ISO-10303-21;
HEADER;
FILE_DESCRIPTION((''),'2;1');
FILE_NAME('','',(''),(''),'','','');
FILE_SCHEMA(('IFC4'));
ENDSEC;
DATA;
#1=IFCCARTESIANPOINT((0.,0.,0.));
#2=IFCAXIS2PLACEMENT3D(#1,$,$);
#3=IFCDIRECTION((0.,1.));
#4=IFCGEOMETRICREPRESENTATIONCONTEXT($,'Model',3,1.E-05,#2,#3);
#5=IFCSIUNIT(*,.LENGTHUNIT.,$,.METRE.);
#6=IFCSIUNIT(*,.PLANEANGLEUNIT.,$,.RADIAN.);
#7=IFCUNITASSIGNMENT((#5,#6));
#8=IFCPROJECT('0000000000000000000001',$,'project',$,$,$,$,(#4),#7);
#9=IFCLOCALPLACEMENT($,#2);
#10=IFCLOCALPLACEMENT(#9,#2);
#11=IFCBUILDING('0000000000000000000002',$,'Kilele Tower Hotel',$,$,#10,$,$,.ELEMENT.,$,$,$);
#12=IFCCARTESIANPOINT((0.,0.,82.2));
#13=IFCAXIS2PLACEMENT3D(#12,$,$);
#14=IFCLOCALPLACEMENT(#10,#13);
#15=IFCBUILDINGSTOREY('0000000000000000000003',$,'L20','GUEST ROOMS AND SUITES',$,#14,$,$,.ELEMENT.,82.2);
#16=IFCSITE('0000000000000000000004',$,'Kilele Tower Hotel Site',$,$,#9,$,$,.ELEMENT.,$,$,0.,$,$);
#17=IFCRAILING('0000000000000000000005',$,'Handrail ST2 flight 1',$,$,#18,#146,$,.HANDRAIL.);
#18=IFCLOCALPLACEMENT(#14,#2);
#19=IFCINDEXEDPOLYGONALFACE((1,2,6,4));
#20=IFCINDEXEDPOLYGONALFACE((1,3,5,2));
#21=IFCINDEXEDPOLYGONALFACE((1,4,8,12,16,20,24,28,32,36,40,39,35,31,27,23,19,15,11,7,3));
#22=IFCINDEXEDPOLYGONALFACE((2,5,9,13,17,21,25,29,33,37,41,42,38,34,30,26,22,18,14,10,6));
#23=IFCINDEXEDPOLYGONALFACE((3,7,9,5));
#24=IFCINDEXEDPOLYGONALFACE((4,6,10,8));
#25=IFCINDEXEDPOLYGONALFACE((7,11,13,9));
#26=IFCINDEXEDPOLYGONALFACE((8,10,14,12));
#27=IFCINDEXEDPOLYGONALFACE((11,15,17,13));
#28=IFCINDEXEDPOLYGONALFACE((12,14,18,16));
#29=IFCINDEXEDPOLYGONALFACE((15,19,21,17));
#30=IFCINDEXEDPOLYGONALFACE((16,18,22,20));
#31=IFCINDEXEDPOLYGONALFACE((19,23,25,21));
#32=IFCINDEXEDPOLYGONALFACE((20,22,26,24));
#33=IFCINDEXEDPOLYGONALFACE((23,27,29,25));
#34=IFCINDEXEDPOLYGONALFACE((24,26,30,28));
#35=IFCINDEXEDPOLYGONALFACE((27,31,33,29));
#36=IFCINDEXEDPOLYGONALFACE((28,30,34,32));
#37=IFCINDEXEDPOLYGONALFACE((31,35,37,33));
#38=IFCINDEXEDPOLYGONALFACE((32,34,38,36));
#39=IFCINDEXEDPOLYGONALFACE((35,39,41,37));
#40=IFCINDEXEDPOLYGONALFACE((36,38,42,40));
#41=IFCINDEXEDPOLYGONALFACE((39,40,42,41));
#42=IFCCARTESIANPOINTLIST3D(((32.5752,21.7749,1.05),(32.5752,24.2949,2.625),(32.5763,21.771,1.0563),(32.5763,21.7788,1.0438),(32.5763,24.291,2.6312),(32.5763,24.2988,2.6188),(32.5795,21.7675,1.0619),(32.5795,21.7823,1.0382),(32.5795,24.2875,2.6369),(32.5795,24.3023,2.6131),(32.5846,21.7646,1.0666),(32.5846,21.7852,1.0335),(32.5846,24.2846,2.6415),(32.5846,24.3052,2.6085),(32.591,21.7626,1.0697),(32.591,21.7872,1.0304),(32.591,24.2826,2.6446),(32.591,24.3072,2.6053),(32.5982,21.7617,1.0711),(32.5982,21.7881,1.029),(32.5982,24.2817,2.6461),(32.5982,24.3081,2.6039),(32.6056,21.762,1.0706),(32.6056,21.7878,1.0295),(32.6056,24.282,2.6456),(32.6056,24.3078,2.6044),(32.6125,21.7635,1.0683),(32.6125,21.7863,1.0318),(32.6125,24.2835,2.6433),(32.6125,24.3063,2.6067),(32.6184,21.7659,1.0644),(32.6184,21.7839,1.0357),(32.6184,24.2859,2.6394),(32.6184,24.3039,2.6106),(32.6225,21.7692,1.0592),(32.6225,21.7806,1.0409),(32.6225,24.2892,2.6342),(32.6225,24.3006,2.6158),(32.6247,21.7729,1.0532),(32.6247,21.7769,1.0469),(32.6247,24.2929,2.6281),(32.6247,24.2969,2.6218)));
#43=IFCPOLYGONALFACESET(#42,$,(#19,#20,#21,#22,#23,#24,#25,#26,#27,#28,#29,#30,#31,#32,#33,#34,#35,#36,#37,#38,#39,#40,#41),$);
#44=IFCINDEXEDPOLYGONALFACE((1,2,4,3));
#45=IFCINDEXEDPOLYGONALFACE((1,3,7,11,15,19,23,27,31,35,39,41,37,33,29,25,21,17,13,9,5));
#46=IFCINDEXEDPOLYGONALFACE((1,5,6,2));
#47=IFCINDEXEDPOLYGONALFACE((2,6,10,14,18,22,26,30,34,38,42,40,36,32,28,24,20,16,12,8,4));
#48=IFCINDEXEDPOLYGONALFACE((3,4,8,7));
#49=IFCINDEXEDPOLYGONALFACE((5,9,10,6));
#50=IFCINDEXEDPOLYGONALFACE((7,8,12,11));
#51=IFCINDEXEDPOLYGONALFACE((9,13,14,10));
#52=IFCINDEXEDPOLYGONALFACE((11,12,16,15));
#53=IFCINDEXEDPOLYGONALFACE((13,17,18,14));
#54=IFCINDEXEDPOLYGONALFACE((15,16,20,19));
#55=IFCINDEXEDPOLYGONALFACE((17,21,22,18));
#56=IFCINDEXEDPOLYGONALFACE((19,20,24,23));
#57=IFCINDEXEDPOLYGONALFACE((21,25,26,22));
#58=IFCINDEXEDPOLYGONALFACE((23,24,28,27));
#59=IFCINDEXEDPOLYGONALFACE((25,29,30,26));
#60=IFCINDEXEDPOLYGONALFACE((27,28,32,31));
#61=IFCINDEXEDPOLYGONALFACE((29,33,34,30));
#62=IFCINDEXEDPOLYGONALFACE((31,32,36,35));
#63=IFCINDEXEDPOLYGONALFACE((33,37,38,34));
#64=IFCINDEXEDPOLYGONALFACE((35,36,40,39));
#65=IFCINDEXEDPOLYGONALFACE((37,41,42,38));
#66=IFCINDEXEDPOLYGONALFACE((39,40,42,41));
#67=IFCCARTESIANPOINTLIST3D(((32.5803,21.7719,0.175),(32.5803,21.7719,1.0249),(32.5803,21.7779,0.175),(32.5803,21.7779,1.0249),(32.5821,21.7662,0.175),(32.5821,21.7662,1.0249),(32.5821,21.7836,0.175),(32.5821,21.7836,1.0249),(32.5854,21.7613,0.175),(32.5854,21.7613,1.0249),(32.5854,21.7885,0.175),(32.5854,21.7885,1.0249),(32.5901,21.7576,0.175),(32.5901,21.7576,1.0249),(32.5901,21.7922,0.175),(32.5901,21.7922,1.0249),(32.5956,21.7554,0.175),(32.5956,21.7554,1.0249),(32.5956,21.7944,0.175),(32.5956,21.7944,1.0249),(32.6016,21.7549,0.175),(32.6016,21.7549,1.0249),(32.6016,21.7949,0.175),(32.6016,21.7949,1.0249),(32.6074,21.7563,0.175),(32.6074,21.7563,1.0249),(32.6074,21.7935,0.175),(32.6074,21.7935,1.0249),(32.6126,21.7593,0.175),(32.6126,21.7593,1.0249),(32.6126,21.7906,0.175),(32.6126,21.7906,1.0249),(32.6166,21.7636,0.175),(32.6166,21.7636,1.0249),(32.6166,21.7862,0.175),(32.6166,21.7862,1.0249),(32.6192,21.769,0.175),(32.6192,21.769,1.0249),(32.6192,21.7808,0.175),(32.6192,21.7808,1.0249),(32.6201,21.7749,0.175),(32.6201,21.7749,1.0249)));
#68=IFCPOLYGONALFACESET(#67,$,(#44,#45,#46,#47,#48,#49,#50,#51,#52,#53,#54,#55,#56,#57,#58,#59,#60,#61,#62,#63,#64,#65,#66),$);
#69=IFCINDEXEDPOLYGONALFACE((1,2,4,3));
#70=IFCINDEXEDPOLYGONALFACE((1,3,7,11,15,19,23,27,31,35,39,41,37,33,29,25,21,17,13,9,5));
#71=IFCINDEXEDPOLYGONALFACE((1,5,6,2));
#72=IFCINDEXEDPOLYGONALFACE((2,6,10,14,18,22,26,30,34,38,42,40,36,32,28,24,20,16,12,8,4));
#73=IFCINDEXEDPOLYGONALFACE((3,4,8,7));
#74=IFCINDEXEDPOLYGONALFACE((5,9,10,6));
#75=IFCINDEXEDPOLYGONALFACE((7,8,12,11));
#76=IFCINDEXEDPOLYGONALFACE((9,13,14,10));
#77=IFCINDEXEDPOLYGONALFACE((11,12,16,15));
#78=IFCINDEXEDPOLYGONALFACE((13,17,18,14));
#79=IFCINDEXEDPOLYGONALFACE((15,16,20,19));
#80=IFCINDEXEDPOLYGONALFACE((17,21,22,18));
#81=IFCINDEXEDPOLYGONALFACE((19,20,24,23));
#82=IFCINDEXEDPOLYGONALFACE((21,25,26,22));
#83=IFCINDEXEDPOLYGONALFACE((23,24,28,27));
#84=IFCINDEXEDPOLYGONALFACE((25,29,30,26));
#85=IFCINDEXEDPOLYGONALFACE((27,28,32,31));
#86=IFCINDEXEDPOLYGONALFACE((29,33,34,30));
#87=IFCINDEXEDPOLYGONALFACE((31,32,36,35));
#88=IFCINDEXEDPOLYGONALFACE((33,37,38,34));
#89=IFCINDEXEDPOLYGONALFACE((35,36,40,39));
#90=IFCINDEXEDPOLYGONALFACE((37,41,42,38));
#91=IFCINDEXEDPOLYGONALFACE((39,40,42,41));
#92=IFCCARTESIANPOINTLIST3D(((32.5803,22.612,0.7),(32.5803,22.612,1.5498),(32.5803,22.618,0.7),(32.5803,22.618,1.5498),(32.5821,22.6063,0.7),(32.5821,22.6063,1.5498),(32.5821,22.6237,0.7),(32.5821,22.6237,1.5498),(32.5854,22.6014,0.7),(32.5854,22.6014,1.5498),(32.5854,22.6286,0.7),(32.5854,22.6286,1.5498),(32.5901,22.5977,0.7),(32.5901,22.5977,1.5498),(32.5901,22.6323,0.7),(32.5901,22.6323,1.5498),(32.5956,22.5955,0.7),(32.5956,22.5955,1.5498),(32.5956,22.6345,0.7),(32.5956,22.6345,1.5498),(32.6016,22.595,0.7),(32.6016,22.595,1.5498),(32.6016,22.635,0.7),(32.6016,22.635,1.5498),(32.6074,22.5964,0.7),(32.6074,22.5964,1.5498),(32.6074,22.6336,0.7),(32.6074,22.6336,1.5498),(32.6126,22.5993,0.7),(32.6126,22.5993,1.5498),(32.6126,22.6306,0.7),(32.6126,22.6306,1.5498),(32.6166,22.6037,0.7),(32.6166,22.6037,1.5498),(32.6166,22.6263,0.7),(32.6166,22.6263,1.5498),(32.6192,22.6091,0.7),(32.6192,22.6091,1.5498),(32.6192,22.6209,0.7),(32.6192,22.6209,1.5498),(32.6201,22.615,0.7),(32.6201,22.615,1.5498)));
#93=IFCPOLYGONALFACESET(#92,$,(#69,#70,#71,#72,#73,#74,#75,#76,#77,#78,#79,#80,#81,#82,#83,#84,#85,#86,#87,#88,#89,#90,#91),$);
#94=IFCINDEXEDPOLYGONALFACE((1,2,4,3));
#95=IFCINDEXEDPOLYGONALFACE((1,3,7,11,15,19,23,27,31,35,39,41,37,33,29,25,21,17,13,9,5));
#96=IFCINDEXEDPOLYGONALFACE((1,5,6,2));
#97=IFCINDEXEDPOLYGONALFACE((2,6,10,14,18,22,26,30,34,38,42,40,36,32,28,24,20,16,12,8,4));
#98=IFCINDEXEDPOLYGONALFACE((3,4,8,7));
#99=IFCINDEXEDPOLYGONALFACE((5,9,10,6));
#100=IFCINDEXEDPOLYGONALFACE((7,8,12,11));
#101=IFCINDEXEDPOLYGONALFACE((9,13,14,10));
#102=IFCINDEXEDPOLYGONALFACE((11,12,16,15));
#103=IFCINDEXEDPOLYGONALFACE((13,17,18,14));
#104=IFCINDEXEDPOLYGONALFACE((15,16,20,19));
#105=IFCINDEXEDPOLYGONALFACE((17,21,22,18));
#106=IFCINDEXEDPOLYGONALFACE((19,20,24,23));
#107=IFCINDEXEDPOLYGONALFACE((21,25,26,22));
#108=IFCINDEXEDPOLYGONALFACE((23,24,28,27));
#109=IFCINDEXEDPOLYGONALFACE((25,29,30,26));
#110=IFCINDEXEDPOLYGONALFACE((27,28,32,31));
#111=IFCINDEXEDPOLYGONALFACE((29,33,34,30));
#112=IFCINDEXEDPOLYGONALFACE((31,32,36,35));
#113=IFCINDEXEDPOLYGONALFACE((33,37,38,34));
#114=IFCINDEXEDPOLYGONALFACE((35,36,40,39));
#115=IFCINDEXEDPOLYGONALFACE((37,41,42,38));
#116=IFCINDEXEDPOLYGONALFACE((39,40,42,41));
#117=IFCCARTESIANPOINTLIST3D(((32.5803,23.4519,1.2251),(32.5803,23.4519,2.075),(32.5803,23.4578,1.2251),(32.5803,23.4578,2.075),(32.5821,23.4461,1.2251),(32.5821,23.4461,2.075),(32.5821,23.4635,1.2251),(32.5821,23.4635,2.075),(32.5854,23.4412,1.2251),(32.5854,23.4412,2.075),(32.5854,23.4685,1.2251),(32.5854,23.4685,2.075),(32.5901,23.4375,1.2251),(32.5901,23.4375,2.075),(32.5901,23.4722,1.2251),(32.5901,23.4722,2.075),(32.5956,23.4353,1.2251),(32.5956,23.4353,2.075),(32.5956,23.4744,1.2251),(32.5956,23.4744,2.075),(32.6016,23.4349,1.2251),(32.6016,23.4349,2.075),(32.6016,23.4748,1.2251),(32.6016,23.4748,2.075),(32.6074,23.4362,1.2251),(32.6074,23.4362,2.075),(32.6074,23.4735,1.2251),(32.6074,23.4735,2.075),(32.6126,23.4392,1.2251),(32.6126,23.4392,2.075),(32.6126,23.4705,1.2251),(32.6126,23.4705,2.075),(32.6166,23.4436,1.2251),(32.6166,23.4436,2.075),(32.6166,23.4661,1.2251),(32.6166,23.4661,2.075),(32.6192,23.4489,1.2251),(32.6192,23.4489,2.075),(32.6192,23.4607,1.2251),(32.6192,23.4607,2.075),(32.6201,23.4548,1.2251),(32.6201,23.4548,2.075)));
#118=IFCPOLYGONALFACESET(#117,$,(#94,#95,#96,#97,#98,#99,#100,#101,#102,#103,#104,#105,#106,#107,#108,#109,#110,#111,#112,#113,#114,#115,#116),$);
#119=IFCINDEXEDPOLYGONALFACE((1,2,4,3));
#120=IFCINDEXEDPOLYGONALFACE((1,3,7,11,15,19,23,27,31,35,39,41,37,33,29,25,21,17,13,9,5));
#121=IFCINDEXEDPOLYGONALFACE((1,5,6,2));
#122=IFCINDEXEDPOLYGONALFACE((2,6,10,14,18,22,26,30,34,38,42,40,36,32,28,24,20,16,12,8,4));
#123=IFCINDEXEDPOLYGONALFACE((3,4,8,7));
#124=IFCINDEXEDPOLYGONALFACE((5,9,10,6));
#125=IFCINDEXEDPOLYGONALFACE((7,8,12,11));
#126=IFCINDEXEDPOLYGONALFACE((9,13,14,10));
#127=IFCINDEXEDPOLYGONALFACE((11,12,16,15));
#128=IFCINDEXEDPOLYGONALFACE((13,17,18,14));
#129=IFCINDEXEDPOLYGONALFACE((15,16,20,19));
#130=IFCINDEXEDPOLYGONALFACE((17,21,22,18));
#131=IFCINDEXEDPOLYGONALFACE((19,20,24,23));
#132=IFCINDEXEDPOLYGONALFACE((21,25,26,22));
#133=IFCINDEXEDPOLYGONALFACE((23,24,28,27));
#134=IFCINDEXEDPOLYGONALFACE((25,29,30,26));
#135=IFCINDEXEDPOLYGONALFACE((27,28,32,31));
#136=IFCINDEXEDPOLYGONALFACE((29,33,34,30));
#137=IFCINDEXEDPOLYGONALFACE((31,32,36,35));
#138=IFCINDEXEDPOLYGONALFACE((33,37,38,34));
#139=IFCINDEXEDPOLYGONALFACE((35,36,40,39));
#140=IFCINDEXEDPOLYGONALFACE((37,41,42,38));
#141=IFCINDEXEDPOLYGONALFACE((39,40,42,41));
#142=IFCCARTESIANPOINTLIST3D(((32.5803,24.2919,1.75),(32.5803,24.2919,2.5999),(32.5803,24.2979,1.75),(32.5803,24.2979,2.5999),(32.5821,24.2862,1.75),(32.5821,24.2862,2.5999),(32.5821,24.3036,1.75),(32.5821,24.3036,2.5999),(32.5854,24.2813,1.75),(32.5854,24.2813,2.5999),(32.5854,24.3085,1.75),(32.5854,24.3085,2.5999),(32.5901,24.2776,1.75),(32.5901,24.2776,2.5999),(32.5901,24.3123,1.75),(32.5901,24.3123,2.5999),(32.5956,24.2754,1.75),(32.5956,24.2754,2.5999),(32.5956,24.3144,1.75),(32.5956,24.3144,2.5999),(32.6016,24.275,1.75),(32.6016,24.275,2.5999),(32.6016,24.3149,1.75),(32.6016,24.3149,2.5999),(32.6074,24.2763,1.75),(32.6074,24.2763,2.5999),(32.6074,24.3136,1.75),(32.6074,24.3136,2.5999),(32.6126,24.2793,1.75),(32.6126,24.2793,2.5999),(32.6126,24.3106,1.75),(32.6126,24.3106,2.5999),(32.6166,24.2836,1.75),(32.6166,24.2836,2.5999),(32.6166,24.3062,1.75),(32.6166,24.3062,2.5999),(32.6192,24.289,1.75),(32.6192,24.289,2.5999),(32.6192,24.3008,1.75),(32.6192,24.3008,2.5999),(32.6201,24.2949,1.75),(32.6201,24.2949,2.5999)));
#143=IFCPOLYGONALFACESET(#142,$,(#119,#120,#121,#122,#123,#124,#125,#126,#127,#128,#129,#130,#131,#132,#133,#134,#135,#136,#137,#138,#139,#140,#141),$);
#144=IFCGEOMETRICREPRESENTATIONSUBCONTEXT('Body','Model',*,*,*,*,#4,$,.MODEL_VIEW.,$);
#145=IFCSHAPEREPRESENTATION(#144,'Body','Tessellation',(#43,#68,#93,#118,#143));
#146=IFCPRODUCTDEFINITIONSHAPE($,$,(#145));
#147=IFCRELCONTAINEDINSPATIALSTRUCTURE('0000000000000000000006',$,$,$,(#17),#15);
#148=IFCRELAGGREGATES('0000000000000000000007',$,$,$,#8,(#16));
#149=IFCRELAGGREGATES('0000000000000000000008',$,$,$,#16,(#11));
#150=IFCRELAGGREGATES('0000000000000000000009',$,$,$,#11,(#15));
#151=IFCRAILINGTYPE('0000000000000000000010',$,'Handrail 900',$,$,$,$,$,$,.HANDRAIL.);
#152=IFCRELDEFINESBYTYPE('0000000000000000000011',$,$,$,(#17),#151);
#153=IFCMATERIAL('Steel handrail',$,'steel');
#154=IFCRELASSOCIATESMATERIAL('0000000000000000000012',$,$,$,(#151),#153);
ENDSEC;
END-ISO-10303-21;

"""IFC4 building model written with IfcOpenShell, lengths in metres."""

from ifc_helpers import new_model, si_unit, direction, frame, origin, origin_2d, place, context, subcontext, project, spatial, circle, extrude, material, type_object, element, save


model = new_model("IFC4")

# Units and contexts
model_context = context("Model", 3, precision=1e-05, world=origin(), true_north=direction((0.0, 1.0)))
body_context = subcontext(model_context, "Body", "Model", "MODEL_VIEW")
ifc_project = project(units=[si_unit("LENGTHUNIT", "METRE"), si_unit("PLANEANGLEUNIT", "RADIAN")], contexts=[model_context])

# Site, building, storey
site_placement = place(None, origin())
site = spatial("IfcSite", under=ifc_project, at=site_placement, Name="Kilele Tower Hotel Site", CompositionType="ELEMENT", RefElevation=0.0)
building_placement = place(site_placement, origin())
building = spatial("IfcBuilding", under=site, at=building_placement, Name="Kilele Tower Hotel", CompositionType="ELEMENT")
storey_placement = place(building_placement, frame((0.0, 0.0, 82.2)))
storey = spatial("IfcBuildingStorey", under=building, at=storey_placement, Name="L20", Description="GUEST ROOMS AND SUITES", CompositionType="ELEMENT", Elevation=82.2)

# Railing
ifc_material_1 = material(Name="Steel handrail", Category="steel")
railing_type_1 = type_object("IfcRailingType", Name="Handrail 900", PredefinedType="HANDRAIL", material=ifc_material_1)
for number, where, name in (
    (1, (32.6001, 21.7749, 0.175), "Handrail ST2 flight 1"),
):
    element("IfcRailing", number, at=place(storey_placement, frame(where)), inside=storey, type_object=railing_type_1, Name=name, PredefinedType="HANDRAIL", context=body_context, shape_type="SweptSolid", body=[
        extrude(circle(Radius=0.0249, at=origin_2d()), frame((0.0, 0.0, 0.875), z_axis=(0.0, 0.848008, 0.529984), x_axis=(-1.0, 0.0, 0.0)), (0.0, 0.0, 1.0), 2.9717),
        extrude(circle(Radius=0.02, at=origin_2d()), origin(), (0.0, 0.0, 1.0), 0.8499),
        extrude(circle(Radius=0.02, at=origin_2d()), frame((0.0, 0.8401, 0.5249)), (0.0, 0.0, 1.0), 0.8499),
        extrude(circle(Radius=0.02, at=origin_2d()), frame((0.0, 1.6799, 1.05)), (0.0, 0.0, 1.0), 0.8499),
        extrude(circle(Radius=0.02, at=origin_2d()), frame((0.0, 2.52, 1.575)), (0.0, 0.0, 1.0), 0.8499),
    ])

save(model, "model.ifc")
